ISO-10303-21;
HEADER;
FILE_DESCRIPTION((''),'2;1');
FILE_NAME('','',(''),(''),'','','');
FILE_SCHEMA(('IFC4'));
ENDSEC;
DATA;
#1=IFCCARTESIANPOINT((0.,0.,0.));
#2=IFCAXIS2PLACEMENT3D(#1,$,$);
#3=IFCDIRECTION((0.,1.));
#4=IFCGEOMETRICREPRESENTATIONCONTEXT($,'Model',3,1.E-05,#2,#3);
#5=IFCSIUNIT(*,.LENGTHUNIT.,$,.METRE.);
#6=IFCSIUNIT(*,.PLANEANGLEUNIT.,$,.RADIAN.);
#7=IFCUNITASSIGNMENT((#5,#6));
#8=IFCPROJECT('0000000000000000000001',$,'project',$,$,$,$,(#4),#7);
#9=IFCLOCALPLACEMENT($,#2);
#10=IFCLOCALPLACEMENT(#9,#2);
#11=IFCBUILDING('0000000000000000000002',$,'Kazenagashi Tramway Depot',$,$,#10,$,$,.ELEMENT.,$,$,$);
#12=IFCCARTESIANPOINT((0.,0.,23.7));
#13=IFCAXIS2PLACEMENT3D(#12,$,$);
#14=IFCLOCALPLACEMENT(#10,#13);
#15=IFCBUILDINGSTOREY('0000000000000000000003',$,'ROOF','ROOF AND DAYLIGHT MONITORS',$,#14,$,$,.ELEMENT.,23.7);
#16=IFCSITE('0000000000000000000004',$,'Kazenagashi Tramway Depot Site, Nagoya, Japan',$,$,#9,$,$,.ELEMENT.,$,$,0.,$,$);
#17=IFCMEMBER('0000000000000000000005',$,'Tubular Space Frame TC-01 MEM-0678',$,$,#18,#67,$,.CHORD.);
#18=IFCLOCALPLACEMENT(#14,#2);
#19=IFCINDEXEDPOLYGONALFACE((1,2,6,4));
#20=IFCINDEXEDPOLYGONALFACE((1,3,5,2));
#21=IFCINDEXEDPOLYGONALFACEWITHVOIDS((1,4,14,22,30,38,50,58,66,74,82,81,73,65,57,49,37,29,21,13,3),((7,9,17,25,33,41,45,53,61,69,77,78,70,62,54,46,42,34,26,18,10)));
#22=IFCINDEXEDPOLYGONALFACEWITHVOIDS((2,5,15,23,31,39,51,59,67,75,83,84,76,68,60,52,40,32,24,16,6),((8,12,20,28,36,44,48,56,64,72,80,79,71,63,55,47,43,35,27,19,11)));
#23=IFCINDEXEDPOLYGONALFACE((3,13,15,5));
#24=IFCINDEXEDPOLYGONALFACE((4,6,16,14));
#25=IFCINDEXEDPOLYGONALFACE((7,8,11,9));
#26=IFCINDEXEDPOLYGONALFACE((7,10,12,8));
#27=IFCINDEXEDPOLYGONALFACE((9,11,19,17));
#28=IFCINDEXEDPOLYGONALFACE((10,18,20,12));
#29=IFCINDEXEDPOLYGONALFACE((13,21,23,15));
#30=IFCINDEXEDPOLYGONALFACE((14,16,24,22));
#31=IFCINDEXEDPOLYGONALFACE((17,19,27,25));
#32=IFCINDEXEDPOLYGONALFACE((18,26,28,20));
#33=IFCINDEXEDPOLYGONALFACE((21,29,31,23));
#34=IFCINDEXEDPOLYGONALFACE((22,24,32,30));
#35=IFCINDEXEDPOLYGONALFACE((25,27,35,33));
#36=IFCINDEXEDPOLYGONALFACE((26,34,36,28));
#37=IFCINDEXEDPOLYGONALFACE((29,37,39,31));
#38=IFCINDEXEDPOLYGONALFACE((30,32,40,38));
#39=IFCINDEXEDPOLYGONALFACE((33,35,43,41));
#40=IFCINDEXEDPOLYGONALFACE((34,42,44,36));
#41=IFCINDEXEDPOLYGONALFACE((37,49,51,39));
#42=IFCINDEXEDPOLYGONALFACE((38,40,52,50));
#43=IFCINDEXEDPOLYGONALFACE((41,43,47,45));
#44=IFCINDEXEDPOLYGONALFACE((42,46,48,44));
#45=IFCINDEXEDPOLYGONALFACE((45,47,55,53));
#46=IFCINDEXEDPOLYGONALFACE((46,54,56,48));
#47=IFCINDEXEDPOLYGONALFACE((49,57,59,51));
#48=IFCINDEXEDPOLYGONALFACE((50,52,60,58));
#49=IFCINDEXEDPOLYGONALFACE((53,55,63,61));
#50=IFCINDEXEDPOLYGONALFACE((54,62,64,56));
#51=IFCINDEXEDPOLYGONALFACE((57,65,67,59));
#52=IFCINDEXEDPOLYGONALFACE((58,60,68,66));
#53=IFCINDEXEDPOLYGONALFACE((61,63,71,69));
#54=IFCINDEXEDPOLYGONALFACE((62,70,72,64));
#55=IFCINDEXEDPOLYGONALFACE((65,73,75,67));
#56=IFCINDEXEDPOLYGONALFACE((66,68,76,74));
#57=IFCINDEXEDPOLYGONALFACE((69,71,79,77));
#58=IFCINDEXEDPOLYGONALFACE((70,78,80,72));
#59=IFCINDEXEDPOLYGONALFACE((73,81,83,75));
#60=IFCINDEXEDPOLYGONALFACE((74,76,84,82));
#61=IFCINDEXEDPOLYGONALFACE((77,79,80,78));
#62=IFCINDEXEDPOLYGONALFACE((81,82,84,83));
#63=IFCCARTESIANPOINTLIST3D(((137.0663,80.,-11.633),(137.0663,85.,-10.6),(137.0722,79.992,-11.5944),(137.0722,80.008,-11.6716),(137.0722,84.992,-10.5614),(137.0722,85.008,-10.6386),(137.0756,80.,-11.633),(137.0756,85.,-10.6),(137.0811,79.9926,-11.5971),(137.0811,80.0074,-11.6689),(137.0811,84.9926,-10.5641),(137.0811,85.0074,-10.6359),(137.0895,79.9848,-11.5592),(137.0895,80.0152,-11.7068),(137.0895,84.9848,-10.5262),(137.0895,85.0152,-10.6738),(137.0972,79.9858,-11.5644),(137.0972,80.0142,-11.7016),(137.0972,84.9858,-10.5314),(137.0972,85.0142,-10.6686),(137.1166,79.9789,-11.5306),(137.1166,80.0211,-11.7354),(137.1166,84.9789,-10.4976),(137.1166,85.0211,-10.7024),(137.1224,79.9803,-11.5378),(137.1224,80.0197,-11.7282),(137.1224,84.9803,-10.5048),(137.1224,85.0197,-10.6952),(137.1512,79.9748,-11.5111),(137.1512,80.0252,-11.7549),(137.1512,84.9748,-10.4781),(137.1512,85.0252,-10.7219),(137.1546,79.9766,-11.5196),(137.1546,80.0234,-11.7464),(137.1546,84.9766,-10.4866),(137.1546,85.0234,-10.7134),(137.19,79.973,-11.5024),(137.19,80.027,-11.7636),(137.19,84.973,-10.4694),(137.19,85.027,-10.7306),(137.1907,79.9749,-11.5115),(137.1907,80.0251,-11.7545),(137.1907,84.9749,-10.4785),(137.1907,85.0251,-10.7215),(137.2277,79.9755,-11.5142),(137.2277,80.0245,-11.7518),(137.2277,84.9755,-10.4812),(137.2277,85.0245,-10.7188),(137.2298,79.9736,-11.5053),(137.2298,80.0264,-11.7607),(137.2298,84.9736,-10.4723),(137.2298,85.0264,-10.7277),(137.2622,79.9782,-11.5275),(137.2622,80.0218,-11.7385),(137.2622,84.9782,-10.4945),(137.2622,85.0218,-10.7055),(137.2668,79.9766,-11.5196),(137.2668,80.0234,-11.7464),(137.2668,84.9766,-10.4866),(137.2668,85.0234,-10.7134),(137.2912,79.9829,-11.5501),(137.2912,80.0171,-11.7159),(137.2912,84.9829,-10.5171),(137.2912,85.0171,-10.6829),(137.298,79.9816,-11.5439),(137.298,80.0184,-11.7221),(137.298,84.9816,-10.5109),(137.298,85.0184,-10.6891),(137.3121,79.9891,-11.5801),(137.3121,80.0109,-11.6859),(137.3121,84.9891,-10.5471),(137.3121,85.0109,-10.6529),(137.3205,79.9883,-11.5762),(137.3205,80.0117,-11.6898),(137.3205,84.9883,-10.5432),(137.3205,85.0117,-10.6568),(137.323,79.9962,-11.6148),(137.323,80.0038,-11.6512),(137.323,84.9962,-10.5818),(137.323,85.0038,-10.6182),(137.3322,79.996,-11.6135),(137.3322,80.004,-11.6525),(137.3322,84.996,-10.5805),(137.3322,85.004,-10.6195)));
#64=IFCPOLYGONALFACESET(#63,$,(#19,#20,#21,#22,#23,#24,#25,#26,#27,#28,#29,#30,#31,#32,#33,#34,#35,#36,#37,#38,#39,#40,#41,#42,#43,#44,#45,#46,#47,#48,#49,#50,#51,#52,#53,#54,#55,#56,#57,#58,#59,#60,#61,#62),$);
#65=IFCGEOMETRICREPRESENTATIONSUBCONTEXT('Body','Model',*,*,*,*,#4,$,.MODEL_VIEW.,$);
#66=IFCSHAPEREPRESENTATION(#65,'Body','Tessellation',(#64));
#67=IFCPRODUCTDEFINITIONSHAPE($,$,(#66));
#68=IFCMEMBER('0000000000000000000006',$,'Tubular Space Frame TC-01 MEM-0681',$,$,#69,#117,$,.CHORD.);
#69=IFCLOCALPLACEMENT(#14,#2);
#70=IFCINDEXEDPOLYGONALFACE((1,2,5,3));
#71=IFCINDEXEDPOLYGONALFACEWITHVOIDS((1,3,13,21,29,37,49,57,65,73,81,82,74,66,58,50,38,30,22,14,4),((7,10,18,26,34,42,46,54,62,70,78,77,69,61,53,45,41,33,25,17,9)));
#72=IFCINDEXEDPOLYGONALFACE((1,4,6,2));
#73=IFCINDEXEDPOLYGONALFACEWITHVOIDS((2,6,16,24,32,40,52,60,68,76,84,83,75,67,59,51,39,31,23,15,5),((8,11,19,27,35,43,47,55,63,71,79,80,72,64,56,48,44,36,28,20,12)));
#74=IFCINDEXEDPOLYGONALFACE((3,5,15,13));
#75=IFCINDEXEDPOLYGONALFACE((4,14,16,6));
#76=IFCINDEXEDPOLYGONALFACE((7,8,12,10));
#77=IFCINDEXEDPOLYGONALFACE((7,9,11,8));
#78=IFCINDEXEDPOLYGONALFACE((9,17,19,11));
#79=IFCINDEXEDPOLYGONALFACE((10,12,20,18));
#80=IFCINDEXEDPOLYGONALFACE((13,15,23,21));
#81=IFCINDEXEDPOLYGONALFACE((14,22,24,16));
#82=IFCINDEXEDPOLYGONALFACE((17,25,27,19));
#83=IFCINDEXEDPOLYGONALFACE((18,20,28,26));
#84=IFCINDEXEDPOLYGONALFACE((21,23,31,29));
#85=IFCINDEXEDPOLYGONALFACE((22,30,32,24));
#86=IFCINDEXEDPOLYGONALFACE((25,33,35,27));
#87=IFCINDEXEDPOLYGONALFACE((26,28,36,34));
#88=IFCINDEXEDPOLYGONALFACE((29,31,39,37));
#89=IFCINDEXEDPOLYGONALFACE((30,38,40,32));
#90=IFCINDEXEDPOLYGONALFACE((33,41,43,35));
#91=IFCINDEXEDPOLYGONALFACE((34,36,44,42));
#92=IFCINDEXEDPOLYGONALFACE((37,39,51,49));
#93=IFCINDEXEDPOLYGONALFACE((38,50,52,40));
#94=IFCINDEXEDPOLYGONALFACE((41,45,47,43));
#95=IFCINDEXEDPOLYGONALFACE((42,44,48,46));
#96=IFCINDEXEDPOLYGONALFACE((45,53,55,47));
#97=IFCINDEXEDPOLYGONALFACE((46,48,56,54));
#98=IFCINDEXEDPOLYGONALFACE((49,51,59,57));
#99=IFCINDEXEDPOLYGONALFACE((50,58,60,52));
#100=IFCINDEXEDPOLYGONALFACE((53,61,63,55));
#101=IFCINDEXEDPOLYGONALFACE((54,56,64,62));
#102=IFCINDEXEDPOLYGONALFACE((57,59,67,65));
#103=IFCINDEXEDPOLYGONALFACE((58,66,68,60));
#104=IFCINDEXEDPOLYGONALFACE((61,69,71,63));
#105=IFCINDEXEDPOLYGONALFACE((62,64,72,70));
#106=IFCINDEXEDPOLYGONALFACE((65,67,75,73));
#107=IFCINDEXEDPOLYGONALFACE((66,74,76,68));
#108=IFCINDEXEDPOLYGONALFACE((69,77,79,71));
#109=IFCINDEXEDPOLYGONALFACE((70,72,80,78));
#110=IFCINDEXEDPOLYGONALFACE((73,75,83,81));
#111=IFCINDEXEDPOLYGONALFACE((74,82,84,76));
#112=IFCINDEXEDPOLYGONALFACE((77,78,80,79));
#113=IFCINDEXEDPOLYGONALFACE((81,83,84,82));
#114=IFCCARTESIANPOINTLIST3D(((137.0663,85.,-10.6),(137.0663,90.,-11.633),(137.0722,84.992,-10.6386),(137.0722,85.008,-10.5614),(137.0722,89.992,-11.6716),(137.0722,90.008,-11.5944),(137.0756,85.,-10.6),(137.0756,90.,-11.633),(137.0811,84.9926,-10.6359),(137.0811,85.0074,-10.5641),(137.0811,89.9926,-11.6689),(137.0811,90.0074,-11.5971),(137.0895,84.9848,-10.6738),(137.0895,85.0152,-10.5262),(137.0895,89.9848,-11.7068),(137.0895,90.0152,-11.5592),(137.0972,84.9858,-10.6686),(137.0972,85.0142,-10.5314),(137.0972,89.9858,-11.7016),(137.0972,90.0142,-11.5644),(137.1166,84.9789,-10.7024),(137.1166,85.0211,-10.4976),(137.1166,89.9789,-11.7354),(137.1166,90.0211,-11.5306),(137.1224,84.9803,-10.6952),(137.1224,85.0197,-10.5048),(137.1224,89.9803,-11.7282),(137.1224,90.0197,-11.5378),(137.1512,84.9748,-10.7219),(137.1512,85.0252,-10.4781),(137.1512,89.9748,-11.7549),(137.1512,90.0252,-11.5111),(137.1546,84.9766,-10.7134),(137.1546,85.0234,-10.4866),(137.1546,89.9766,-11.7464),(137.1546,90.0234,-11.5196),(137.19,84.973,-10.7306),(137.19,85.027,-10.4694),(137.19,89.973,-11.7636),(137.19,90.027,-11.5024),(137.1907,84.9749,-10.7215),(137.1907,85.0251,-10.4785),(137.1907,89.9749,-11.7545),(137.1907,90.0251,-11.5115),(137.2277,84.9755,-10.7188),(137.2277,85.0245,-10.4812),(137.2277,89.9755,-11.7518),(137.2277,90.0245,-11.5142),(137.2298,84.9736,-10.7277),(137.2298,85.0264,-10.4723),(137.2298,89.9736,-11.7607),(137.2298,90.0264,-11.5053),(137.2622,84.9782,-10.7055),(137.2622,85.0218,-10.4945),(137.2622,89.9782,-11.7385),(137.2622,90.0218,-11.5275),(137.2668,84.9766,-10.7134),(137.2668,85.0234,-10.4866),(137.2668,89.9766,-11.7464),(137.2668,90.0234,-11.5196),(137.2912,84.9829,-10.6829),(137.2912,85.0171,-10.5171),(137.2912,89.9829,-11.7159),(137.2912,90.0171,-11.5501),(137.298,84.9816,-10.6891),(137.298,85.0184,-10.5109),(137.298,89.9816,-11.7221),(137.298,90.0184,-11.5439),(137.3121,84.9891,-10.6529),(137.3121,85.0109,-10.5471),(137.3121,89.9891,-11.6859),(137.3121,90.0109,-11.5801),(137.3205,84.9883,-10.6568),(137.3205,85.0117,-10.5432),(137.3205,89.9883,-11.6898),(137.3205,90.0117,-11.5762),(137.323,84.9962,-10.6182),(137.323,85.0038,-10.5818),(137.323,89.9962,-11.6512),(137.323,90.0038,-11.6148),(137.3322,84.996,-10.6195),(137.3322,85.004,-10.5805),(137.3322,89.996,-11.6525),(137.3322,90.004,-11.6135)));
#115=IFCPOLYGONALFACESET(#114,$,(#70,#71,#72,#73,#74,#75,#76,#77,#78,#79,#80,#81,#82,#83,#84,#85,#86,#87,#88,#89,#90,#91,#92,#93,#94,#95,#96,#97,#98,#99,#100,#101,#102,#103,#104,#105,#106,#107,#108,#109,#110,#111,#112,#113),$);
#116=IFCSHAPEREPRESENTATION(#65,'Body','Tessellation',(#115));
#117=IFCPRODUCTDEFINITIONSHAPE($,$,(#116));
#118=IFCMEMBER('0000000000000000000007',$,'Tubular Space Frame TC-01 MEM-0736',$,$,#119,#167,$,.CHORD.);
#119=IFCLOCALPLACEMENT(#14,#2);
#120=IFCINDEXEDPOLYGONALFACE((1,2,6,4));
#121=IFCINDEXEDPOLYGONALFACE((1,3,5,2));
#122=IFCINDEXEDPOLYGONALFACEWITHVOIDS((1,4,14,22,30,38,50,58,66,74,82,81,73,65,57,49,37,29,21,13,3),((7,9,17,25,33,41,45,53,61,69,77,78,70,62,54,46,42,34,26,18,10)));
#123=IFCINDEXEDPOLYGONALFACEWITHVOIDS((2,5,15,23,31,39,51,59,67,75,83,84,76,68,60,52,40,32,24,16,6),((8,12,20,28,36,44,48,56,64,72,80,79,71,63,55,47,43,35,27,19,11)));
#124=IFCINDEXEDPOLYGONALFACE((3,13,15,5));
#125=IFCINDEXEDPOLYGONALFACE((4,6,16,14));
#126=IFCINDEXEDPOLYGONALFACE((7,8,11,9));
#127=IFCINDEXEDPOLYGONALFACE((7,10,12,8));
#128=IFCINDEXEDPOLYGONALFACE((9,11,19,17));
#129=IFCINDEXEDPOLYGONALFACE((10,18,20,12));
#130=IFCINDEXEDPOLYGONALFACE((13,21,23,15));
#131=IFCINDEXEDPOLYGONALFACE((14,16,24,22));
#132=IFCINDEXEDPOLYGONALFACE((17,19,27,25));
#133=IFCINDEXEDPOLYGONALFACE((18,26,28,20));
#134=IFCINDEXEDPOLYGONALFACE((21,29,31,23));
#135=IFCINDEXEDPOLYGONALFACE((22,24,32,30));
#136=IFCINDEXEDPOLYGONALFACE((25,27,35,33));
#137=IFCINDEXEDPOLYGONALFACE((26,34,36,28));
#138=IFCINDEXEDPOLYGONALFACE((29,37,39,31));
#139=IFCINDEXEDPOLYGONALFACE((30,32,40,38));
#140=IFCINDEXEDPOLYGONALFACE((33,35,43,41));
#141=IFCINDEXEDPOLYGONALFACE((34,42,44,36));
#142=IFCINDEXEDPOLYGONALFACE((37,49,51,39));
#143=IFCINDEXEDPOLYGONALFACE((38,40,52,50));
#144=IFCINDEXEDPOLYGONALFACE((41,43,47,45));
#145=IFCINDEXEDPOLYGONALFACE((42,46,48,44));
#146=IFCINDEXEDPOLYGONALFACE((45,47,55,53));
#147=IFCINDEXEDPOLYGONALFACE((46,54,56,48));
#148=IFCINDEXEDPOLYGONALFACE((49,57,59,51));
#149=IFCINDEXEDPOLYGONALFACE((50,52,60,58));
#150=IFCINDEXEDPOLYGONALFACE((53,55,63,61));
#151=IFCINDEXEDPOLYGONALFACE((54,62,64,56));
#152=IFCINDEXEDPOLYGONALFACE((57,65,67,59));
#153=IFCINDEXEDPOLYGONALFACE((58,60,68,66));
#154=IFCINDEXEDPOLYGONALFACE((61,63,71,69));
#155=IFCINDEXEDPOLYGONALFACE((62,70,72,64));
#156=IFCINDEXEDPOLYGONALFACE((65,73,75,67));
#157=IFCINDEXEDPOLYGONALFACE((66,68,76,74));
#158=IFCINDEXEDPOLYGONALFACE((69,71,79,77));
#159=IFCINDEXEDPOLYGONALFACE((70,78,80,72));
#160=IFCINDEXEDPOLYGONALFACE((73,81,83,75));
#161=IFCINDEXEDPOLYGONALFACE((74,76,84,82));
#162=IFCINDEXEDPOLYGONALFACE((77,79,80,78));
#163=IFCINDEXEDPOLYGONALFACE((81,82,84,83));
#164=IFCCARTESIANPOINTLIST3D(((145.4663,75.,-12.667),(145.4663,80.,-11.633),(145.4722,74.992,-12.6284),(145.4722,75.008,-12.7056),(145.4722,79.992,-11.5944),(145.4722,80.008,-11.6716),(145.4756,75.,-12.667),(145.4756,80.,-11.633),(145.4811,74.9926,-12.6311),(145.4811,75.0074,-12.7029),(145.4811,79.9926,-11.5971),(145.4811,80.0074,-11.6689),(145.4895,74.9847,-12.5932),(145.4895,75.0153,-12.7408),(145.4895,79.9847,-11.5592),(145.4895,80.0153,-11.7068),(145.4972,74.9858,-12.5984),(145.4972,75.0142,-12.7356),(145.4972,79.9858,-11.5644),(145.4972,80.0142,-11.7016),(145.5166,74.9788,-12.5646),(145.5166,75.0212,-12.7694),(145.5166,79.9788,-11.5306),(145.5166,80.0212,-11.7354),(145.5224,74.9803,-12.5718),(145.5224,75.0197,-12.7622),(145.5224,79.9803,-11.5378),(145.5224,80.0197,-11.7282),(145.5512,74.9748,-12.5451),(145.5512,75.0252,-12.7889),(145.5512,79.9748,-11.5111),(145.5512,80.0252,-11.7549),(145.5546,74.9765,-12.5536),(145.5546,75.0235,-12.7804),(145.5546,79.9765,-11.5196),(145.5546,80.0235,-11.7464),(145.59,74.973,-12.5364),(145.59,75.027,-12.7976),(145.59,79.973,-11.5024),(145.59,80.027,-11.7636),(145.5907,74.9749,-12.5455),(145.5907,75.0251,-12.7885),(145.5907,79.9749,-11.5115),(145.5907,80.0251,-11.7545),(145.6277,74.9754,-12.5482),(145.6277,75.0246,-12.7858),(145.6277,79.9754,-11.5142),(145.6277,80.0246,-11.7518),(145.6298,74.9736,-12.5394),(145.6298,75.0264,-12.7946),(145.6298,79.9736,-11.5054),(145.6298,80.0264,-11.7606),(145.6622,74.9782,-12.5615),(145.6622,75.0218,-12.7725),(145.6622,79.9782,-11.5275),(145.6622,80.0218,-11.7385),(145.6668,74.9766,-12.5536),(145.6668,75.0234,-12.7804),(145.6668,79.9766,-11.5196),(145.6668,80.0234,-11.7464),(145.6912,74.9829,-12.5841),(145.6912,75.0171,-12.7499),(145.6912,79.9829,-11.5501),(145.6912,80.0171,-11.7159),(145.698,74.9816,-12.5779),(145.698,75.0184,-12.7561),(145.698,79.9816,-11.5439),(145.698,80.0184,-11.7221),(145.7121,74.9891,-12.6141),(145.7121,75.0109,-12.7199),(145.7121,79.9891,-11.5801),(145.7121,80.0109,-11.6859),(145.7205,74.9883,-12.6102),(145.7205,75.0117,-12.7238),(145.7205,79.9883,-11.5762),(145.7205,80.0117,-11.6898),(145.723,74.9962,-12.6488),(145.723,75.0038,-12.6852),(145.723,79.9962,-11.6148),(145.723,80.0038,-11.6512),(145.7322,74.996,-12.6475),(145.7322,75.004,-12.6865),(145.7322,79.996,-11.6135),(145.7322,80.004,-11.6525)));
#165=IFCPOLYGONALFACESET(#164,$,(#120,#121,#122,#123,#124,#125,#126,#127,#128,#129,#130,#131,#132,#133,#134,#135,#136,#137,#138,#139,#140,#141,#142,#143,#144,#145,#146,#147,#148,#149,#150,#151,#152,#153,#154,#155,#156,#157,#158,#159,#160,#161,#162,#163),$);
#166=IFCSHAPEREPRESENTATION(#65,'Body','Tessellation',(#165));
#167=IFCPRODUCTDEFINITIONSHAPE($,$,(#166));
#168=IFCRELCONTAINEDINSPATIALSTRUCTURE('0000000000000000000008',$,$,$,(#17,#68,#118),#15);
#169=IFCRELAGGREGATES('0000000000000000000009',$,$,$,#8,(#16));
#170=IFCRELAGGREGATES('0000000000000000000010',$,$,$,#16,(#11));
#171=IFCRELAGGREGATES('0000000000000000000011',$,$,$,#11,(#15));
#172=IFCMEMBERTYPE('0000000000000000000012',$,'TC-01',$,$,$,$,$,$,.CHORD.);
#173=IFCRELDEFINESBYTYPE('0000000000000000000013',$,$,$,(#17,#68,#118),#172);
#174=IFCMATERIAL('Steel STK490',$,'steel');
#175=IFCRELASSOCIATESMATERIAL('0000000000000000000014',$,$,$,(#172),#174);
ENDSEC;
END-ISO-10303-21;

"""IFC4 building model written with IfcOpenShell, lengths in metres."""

from ifc_helpers import new_model, si_unit, direction, frame, origin, origin_2d, place, context, subcontext, project, spatial, hollow_circle, extrude, material, material_profile, profile_set, type_object, element, save


model = new_model("IFC4")

# Units and contexts
model_context = context("Model", 3, precision=1e-05, world=origin(), true_north=direction((0.0, 1.0)))
body_context = subcontext(model_context, "Body", "Model", "MODEL_VIEW")
ifc_project = project(units=[si_unit("LENGTHUNIT", "METRE"), si_unit("PLANEANGLEUNIT", "RADIAN")], contexts=[model_context])

# Site, building, storey
site_placement = place(None, origin())
site = spatial("IfcSite", under=ifc_project, at=site_placement, Name="Kazenagashi Tramway Depot Site, Nagoya, Japan", CompositionType="ELEMENT", RefElevation=0.0)
building_placement = place(site_placement, origin())
building = spatial("IfcBuilding", under=site, at=building_placement, Name="Kazenagashi Tramway Depot", CompositionType="ELEMENT")
storey_placement = place(building_placement, frame((0.0, 0.0, 23.7)))
storey = spatial("IfcBuildingStorey", under=building, at=storey_placement, Name="ROOF", Description="ROOF AND DAYLIGHT MONITORS", CompositionType="ELEMENT", Elevation=23.7)

# Members
ifc_material_1 = material(Name="Steel STK490", Category="steel")
ifc_material_profile_1 = material_profile(ifc_material_1, hollow_circle(Radius=0.1337, WallThickness=0.0093, at=origin_2d()), Name="CHS-267.4x9.3")
ifc_profile_set_1 = profile_set([ifc_material_profile_1], Name="Steel STK490")
member_type_1 = type_object("IfcMemberType", Name="TC-01", PredefinedType="CHORD", material=ifc_profile_set_1)
for number, where, z_axis, x_axis, name in (
    (1, (137.2, 80.0, -11.633), (0.0, 0.979318, 0.202327), (-1.0, 0.0, 0.0), "Tubular Space Frame TC-01 MEM-0678"),
    (2, (137.2, 85.0, -10.6), (0.0, 0.979318, -0.202327), (-1.0, 0.0, 0.0), "Tubular Space Frame TC-01 MEM-0681"),
):
    element("IfcMember", number, at=place(storey_placement, frame(where, z_axis=z_axis, x_axis=x_axis)), inside=storey, type_object=member_type_1, Name=name, PredefinedType="CHORD", context=body_context, shape_type="SweptSolid", body=[
        extrude(hollow_circle(Radius=0.1337, WallThickness=0.0093, at=origin_2d()), origin(), (0.0, 0.0, 1.0), 5.1056),
    ])
member_1_placement = place(storey_placement, frame((145.6, 75.0, -12.667), z_axis=(0.0, 0.979279, 0.202515), x_axis=(-1.0, 0.0, 0.0)))
element("IfcMember", 3, at=member_1_placement, inside=storey, type_object=member_type_1, Name="Tubular Space Frame TC-01 MEM-0736", PredefinedType="CHORD", context=body_context, shape_type="SweptSolid", body=[
    extrude(hollow_circle(Radius=0.1337, WallThickness=0.0093, at=origin_2d()), origin(), (0.0, 0.0, 1.0), 5.1058),
])

save(model, "model.ifc")
